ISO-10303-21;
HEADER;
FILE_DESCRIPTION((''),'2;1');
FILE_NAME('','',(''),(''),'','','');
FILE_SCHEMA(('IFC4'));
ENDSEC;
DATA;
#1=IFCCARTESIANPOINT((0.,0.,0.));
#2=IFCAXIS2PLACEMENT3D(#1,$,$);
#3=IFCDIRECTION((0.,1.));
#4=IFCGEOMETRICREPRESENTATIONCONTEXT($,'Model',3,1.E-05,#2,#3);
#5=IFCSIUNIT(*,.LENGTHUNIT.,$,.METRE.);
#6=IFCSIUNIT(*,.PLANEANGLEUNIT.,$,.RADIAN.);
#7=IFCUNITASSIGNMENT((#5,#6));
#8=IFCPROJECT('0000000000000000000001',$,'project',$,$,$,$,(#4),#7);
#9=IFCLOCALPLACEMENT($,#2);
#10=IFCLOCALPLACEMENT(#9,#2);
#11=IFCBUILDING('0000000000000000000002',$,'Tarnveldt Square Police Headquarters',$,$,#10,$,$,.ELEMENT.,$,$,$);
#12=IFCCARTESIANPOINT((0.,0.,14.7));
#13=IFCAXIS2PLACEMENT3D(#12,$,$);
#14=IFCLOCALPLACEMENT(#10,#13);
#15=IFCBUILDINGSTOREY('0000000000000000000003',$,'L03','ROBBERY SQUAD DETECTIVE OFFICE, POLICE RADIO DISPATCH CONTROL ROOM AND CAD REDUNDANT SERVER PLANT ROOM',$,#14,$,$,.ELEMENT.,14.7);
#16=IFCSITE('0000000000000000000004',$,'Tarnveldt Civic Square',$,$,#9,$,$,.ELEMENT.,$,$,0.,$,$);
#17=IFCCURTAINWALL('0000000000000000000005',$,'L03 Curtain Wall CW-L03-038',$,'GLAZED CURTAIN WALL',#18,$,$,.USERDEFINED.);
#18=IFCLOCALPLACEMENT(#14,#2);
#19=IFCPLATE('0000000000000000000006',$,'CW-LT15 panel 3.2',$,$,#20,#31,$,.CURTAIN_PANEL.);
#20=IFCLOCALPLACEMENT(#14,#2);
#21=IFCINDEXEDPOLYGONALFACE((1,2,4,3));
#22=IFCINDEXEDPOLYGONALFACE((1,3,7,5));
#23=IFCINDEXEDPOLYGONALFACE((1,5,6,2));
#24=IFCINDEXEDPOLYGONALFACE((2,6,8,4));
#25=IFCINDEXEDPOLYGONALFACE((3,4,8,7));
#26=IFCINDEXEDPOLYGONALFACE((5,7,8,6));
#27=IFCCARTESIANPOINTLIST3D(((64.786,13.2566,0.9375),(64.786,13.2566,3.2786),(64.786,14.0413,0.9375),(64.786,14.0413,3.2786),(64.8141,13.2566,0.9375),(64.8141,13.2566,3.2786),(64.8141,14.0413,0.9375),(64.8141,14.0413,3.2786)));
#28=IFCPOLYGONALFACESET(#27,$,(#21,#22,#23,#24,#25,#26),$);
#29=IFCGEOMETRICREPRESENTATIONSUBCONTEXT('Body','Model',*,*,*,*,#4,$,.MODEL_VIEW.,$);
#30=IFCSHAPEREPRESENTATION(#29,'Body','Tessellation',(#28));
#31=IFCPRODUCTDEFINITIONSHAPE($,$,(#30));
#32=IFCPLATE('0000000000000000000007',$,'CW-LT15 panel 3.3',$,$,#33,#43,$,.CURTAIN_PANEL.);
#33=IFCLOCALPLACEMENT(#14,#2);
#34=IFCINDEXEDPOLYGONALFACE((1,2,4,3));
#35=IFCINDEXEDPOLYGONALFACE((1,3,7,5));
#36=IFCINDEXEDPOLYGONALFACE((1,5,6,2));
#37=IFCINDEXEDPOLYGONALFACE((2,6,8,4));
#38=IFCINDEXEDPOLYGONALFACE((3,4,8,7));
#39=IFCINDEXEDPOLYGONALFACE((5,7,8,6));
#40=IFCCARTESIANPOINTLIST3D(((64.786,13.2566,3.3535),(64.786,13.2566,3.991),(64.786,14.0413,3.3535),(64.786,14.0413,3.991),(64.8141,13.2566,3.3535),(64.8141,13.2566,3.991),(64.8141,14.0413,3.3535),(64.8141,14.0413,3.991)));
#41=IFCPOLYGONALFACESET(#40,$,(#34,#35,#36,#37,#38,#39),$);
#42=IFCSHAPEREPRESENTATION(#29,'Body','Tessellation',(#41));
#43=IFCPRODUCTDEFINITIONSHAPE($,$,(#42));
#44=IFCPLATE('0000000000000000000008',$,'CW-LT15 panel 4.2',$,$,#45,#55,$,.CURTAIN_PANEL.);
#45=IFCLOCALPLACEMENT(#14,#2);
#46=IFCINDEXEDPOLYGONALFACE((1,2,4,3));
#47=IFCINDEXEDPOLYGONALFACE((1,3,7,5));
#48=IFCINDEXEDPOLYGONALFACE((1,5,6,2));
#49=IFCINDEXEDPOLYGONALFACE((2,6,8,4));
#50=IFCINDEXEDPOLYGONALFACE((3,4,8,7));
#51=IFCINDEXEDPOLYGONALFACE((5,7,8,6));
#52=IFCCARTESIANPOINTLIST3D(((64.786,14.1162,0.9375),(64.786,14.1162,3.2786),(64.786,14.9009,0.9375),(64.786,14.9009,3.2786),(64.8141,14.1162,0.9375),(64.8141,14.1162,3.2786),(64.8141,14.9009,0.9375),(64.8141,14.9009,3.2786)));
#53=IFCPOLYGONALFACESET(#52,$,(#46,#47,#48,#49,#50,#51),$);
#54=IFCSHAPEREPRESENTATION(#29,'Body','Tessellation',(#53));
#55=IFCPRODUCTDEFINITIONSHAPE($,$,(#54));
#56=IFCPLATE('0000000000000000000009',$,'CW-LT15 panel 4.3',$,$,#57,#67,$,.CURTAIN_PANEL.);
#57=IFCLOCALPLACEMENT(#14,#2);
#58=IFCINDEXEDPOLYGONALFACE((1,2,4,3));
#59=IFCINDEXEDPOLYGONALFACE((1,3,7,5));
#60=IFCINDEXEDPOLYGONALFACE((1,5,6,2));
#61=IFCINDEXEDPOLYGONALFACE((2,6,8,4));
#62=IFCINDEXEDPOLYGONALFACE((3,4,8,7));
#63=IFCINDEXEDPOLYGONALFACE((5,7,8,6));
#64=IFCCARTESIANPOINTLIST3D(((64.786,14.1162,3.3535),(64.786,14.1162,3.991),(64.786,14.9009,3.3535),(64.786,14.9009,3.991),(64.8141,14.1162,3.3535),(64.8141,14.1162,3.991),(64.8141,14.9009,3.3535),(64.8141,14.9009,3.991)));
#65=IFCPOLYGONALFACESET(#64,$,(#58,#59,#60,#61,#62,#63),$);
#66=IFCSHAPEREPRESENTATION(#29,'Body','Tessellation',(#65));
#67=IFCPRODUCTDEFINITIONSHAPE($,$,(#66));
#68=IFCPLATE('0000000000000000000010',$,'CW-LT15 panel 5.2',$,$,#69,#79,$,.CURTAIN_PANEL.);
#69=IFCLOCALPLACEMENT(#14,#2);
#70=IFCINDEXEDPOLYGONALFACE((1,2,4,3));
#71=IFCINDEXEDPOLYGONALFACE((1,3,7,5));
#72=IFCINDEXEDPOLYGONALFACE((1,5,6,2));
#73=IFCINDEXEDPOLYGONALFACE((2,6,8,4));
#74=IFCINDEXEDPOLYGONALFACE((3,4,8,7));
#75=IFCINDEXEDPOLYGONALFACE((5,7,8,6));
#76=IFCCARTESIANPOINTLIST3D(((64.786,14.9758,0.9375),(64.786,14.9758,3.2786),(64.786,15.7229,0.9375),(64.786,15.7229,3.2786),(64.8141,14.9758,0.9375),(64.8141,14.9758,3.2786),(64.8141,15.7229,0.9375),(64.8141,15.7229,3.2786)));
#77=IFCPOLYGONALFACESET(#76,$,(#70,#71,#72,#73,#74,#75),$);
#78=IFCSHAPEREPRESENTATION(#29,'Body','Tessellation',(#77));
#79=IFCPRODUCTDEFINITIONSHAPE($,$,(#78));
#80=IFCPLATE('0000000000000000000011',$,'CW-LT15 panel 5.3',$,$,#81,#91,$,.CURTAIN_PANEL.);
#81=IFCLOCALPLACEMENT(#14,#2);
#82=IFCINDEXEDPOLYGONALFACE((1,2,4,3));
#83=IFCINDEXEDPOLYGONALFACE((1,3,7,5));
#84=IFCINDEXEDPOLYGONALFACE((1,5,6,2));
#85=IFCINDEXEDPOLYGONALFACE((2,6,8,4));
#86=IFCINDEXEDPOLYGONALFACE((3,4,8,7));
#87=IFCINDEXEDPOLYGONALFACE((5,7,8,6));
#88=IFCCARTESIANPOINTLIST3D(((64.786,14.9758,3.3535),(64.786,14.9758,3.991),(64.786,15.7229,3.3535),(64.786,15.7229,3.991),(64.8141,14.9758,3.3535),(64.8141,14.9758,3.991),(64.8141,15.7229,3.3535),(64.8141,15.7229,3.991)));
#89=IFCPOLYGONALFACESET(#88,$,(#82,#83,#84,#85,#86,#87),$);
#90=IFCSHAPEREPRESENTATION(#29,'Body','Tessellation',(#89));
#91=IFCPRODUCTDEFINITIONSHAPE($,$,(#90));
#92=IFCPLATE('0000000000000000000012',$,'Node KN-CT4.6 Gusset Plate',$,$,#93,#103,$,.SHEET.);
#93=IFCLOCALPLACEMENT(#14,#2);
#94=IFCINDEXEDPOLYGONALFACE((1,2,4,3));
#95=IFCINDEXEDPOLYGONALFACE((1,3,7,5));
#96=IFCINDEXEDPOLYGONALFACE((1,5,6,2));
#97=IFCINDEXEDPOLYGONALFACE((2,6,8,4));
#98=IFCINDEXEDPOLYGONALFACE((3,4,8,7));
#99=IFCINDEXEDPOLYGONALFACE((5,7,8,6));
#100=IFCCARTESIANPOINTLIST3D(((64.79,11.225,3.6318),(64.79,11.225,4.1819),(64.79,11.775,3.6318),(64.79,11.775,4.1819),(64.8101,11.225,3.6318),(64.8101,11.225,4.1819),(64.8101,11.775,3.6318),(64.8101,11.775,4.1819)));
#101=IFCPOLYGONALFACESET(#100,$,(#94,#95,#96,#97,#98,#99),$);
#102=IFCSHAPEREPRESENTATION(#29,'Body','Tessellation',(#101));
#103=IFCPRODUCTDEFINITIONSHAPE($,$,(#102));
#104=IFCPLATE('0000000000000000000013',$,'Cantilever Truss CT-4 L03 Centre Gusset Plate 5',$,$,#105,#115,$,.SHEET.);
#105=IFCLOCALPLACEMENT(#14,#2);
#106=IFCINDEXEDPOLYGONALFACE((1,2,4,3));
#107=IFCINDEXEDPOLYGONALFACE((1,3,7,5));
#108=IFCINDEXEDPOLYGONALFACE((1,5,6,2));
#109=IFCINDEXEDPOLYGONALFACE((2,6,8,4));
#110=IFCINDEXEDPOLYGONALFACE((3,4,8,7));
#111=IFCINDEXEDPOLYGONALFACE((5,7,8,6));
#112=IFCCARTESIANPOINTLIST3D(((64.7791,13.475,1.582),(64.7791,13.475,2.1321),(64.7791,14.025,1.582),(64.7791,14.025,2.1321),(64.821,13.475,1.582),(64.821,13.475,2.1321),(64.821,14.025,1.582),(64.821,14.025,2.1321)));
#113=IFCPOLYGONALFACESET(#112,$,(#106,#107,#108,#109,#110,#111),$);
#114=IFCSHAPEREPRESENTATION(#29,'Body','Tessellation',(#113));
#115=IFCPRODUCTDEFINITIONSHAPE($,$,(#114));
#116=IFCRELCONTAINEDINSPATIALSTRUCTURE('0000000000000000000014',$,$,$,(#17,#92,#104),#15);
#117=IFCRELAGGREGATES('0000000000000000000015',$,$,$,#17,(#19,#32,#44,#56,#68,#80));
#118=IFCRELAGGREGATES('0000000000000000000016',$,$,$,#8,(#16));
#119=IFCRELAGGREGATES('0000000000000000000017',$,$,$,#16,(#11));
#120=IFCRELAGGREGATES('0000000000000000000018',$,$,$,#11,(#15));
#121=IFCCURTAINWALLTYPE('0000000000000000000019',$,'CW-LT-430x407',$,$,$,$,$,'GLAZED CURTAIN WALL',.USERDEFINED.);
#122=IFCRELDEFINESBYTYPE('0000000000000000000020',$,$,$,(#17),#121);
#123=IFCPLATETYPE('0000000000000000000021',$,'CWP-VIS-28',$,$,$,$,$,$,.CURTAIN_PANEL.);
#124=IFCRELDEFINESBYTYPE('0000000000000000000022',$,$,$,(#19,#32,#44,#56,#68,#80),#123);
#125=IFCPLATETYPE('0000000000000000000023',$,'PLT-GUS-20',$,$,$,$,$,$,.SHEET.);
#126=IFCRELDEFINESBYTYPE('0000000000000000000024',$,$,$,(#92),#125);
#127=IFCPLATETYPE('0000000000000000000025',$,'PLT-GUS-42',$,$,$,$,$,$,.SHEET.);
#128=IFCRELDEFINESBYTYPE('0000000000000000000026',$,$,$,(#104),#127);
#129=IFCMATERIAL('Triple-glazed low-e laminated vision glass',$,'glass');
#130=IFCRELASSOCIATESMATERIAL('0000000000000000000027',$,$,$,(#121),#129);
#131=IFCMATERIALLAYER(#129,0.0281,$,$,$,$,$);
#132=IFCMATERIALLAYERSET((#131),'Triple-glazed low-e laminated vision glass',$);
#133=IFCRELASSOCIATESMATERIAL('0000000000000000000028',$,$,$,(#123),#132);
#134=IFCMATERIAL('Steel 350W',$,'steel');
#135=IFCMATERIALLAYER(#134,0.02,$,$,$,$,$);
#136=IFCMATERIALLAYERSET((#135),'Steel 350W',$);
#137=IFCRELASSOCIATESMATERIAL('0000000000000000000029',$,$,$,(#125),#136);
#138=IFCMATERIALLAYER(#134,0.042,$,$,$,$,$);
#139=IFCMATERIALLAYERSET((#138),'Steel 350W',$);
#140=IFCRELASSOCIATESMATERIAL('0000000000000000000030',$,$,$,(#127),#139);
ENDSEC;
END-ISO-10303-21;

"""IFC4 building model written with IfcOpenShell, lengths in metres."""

from ifc_helpers import new_model, si_unit, direction, frame, origin, origin_2d, place, context, subcontext, project, spatial, rectangle, extrude, material, layer, layer_set, type_object, element, aggregate, save


model = new_model("IFC4")

# Units and contexts
model_context = context("Model", 3, precision=1e-05, world=origin(), true_north=direction((0.0, 1.0)))
body_context = subcontext(model_context, "Body", "Model", "MODEL_VIEW")
ifc_project = project(units=[si_unit("LENGTHUNIT", "METRE"), si_unit("PLANEANGLEUNIT", "RADIAN")], contexts=[model_context])

# Site, building, storey
site_placement = place(None, origin())
site = spatial("IfcSite", under=ifc_project, at=site_placement, Name="Tarnveldt Civic Square", CompositionType="ELEMENT", RefElevation=0.0)
building_placement = place(site_placement, origin())
building = spatial("IfcBuilding", under=site, at=building_placement, Name="Tarnveldt Square Police Headquarters", CompositionType="ELEMENT")
storey_placement = place(building_placement, frame((0.0, 0.0, 14.7)))
storey = spatial("IfcBuildingStorey", under=building, at=storey_placement, Name="L03", Description="ROBBERY SQUAD DETECTIVE OFFICE, POLICE RADIO DISPATCH CONTROL ROOM AND CAD REDUNDANT SERVER PLANT ROOM", CompositionType="ELEMENT", Elevation=14.7)

# Shared definitions
ifc_material_1 = material(Name="Steel 350W", Category="steel")

# Curtain wall
ifc_material_2 = material(Name="Triple-glazed low-e laminated vision glass", Category="glass")
curtain_wall_type_1 = type_object("IfcCurtainWallType", Name="CW-LT-430x407", ElementType="GLAZED CURTAIN WALL", PredefinedType="USERDEFINED", material=ifc_material_2)
curtain_wall_1_placement = place(storey_placement, origin())
curtain_wall_1 = element("IfcCurtainWall", 1, at=curtain_wall_1_placement, inside=storey, type_object=curtain_wall_type_1, Name="L03 Curtain Wall CW-L03-038", ObjectType="GLAZED CURTAIN WALL", PredefinedType="USERDEFINED")

# Plates
ifc_layer_1 = layer(ifc_material_2, 0.0281)
ifc_layer_set_1 = layer_set([ifc_layer_1], Name="Triple-glazed low-e laminated vision glass")
plate_type_1 = type_object("IfcPlateType", Name="CWP-VIS-28", PredefinedType="CURTAIN_PANEL", material=ifc_layer_set_1)
plate_1_placement = place(storey_placement, frame((64.8, 13.6489, 0.9375), z_axis=(0.0, 0.0, 1.0), x_axis=(0.0, 1.0, 0.0)))
plate_1 = element("IfcPlate", 2, at=plate_1_placement, type_object=plate_type_1, Name="CW-LT15 panel 3.2", PredefinedType="CURTAIN_PANEL", context=body_context, shape_type="SweptSolid", body=[
    extrude(rectangle(XDim=0.7847, YDim=0.0281, at=origin_2d()), origin(), (0.0, 0.0, 1.0), 2.3411),
])
plate_2_placement = place(storey_placement, frame((64.8, 13.6489, 3.3535), z_axis=(0.0, 0.0, 1.0), x_axis=(0.0, 1.0, 0.0)))
plate_2 = element("IfcPlate", 3, at=plate_2_placement, type_object=plate_type_1, Name="CW-LT15 panel 3.3", PredefinedType="CURTAIN_PANEL", context=body_context, shape_type="SweptSolid", body=[
    extrude(rectangle(XDim=0.7847, YDim=0.0281, at=origin_2d()), origin(), (0.0, 0.0, 1.0), 0.6375),
])
plate_3_placement = place(storey_placement, frame((64.8, 14.5085, 0.9375), z_axis=(0.0, 0.0, 1.0), x_axis=(0.0, 1.0, 0.0)))
plate_3 = element("IfcPlate", 4, at=plate_3_placement, type_object=plate_type_1, Name="CW-LT15 panel 4.2", PredefinedType="CURTAIN_PANEL", context=body_context, shape_type="SweptSolid", body=[
    extrude(rectangle(XDim=0.7847, YDim=0.0281, at=origin_2d()), origin(), (0.0, 0.0, 1.0), 2.3411),
])
plate_4_placement = place(storey_placement, frame((64.8, 14.5085, 3.3535), z_axis=(0.0, 0.0, 1.0), x_axis=(0.0, 1.0, 0.0)))
plate_4 = element("IfcPlate", 5, at=plate_4_placement, type_object=plate_type_1, Name="CW-LT15 panel 4.3", PredefinedType="CURTAIN_PANEL", context=body_context, shape_type="SweptSolid", body=[
    extrude(rectangle(XDim=0.7847, YDim=0.0281, at=origin_2d()), origin(), (0.0, 0.0, 1.0), 0.6375),
])
plate_5_placement = place(storey_placement, frame((64.8, 15.3494, 0.9375), z_axis=(0.0, 0.0, 1.0), x_axis=(0.0, 1.0, 0.0)))
plate_5 = element("IfcPlate", 6, at=plate_5_placement, type_object=plate_type_1, Name="CW-LT15 panel 5.2", PredefinedType="CURTAIN_PANEL", context=body_context, shape_type="SweptSolid", body=[
    extrude(rectangle(XDim=0.7471, YDim=0.0281, at=origin_2d()), origin(), (0.0, 0.0, 1.0), 2.3411),
])
plate_6_placement = place(storey_placement, frame((64.8, 15.3494, 3.3535), z_axis=(0.0, 0.0, 1.0), x_axis=(0.0, 1.0, 0.0)))
plate_6 = element("IfcPlate", 7, at=plate_6_placement, type_object=plate_type_1, Name="CW-LT15 panel 5.3", PredefinedType="CURTAIN_PANEL", context=body_context, shape_type="SweptSolid", body=[
    extrude(rectangle(XDim=0.7471, YDim=0.0281, at=origin_2d()), origin(), (0.0, 0.0, 1.0), 0.6375),
])
aggregate(curtain_wall_1, [plate_1, plate_2, plate_3, plate_4, plate_5, plate_6])

# Plates
ifc_layer_2 = layer(ifc_material_1, 0.02)
ifc_layer_set_2 = layer_set([ifc_layer_2], Name="Steel 350W")
plate_type_2 = type_object("IfcPlateType", Name="PLT-GUS-20", PredefinedType="SHEET", material=ifc_layer_set_2)
plate_7_placement = place(storey_placement, frame((64.8, 11.5, 3.6318), z_axis=(0.0, 0.0, 1.0), x_axis=(1.0, 0.0, 0.0)))
element("IfcPlate", 8, at=plate_7_placement, inside=storey, type_object=plate_type_2, Name="Node KN-CT4.6 Gusset Plate", PredefinedType="SHEET", context=body_context, shape_type="SweptSolid", body=[
    extrude(rectangle(XDim=0.02, YDim=0.55, at=origin_2d()), origin(), (0.0, 0.0, 1.0), 0.55),
])
ifc_layer_3 = layer(ifc_material_1, 0.042)
ifc_layer_set_3 = layer_set([ifc_layer_3], Name="Steel 350W")
plate_type_3 = type_object("IfcPlateType", Name="PLT-GUS-42", PredefinedType="SHEET", material=ifc_layer_set_3)
plate_8_placement = place(storey_placement, frame((64.8, 13.75, 1.582), z_axis=(0.0, 0.0, 1.0), x_axis=(1.0, 0.0, 0.0)))
element("IfcPlate", 9, at=plate_8_placement, inside=storey, type_object=plate_type_3, Name="Cantilever Truss CT-4 L03 Centre Gusset Plate 5", PredefinedType="SHEET", context=body_context, shape_type="SweptSolid", body=[
    extrude(rectangle(XDim=0.042, YDim=0.55, at=origin_2d()), origin(), (0.0, 0.0, 1.0), 0.55),
])

save(model, "model.ifc")
